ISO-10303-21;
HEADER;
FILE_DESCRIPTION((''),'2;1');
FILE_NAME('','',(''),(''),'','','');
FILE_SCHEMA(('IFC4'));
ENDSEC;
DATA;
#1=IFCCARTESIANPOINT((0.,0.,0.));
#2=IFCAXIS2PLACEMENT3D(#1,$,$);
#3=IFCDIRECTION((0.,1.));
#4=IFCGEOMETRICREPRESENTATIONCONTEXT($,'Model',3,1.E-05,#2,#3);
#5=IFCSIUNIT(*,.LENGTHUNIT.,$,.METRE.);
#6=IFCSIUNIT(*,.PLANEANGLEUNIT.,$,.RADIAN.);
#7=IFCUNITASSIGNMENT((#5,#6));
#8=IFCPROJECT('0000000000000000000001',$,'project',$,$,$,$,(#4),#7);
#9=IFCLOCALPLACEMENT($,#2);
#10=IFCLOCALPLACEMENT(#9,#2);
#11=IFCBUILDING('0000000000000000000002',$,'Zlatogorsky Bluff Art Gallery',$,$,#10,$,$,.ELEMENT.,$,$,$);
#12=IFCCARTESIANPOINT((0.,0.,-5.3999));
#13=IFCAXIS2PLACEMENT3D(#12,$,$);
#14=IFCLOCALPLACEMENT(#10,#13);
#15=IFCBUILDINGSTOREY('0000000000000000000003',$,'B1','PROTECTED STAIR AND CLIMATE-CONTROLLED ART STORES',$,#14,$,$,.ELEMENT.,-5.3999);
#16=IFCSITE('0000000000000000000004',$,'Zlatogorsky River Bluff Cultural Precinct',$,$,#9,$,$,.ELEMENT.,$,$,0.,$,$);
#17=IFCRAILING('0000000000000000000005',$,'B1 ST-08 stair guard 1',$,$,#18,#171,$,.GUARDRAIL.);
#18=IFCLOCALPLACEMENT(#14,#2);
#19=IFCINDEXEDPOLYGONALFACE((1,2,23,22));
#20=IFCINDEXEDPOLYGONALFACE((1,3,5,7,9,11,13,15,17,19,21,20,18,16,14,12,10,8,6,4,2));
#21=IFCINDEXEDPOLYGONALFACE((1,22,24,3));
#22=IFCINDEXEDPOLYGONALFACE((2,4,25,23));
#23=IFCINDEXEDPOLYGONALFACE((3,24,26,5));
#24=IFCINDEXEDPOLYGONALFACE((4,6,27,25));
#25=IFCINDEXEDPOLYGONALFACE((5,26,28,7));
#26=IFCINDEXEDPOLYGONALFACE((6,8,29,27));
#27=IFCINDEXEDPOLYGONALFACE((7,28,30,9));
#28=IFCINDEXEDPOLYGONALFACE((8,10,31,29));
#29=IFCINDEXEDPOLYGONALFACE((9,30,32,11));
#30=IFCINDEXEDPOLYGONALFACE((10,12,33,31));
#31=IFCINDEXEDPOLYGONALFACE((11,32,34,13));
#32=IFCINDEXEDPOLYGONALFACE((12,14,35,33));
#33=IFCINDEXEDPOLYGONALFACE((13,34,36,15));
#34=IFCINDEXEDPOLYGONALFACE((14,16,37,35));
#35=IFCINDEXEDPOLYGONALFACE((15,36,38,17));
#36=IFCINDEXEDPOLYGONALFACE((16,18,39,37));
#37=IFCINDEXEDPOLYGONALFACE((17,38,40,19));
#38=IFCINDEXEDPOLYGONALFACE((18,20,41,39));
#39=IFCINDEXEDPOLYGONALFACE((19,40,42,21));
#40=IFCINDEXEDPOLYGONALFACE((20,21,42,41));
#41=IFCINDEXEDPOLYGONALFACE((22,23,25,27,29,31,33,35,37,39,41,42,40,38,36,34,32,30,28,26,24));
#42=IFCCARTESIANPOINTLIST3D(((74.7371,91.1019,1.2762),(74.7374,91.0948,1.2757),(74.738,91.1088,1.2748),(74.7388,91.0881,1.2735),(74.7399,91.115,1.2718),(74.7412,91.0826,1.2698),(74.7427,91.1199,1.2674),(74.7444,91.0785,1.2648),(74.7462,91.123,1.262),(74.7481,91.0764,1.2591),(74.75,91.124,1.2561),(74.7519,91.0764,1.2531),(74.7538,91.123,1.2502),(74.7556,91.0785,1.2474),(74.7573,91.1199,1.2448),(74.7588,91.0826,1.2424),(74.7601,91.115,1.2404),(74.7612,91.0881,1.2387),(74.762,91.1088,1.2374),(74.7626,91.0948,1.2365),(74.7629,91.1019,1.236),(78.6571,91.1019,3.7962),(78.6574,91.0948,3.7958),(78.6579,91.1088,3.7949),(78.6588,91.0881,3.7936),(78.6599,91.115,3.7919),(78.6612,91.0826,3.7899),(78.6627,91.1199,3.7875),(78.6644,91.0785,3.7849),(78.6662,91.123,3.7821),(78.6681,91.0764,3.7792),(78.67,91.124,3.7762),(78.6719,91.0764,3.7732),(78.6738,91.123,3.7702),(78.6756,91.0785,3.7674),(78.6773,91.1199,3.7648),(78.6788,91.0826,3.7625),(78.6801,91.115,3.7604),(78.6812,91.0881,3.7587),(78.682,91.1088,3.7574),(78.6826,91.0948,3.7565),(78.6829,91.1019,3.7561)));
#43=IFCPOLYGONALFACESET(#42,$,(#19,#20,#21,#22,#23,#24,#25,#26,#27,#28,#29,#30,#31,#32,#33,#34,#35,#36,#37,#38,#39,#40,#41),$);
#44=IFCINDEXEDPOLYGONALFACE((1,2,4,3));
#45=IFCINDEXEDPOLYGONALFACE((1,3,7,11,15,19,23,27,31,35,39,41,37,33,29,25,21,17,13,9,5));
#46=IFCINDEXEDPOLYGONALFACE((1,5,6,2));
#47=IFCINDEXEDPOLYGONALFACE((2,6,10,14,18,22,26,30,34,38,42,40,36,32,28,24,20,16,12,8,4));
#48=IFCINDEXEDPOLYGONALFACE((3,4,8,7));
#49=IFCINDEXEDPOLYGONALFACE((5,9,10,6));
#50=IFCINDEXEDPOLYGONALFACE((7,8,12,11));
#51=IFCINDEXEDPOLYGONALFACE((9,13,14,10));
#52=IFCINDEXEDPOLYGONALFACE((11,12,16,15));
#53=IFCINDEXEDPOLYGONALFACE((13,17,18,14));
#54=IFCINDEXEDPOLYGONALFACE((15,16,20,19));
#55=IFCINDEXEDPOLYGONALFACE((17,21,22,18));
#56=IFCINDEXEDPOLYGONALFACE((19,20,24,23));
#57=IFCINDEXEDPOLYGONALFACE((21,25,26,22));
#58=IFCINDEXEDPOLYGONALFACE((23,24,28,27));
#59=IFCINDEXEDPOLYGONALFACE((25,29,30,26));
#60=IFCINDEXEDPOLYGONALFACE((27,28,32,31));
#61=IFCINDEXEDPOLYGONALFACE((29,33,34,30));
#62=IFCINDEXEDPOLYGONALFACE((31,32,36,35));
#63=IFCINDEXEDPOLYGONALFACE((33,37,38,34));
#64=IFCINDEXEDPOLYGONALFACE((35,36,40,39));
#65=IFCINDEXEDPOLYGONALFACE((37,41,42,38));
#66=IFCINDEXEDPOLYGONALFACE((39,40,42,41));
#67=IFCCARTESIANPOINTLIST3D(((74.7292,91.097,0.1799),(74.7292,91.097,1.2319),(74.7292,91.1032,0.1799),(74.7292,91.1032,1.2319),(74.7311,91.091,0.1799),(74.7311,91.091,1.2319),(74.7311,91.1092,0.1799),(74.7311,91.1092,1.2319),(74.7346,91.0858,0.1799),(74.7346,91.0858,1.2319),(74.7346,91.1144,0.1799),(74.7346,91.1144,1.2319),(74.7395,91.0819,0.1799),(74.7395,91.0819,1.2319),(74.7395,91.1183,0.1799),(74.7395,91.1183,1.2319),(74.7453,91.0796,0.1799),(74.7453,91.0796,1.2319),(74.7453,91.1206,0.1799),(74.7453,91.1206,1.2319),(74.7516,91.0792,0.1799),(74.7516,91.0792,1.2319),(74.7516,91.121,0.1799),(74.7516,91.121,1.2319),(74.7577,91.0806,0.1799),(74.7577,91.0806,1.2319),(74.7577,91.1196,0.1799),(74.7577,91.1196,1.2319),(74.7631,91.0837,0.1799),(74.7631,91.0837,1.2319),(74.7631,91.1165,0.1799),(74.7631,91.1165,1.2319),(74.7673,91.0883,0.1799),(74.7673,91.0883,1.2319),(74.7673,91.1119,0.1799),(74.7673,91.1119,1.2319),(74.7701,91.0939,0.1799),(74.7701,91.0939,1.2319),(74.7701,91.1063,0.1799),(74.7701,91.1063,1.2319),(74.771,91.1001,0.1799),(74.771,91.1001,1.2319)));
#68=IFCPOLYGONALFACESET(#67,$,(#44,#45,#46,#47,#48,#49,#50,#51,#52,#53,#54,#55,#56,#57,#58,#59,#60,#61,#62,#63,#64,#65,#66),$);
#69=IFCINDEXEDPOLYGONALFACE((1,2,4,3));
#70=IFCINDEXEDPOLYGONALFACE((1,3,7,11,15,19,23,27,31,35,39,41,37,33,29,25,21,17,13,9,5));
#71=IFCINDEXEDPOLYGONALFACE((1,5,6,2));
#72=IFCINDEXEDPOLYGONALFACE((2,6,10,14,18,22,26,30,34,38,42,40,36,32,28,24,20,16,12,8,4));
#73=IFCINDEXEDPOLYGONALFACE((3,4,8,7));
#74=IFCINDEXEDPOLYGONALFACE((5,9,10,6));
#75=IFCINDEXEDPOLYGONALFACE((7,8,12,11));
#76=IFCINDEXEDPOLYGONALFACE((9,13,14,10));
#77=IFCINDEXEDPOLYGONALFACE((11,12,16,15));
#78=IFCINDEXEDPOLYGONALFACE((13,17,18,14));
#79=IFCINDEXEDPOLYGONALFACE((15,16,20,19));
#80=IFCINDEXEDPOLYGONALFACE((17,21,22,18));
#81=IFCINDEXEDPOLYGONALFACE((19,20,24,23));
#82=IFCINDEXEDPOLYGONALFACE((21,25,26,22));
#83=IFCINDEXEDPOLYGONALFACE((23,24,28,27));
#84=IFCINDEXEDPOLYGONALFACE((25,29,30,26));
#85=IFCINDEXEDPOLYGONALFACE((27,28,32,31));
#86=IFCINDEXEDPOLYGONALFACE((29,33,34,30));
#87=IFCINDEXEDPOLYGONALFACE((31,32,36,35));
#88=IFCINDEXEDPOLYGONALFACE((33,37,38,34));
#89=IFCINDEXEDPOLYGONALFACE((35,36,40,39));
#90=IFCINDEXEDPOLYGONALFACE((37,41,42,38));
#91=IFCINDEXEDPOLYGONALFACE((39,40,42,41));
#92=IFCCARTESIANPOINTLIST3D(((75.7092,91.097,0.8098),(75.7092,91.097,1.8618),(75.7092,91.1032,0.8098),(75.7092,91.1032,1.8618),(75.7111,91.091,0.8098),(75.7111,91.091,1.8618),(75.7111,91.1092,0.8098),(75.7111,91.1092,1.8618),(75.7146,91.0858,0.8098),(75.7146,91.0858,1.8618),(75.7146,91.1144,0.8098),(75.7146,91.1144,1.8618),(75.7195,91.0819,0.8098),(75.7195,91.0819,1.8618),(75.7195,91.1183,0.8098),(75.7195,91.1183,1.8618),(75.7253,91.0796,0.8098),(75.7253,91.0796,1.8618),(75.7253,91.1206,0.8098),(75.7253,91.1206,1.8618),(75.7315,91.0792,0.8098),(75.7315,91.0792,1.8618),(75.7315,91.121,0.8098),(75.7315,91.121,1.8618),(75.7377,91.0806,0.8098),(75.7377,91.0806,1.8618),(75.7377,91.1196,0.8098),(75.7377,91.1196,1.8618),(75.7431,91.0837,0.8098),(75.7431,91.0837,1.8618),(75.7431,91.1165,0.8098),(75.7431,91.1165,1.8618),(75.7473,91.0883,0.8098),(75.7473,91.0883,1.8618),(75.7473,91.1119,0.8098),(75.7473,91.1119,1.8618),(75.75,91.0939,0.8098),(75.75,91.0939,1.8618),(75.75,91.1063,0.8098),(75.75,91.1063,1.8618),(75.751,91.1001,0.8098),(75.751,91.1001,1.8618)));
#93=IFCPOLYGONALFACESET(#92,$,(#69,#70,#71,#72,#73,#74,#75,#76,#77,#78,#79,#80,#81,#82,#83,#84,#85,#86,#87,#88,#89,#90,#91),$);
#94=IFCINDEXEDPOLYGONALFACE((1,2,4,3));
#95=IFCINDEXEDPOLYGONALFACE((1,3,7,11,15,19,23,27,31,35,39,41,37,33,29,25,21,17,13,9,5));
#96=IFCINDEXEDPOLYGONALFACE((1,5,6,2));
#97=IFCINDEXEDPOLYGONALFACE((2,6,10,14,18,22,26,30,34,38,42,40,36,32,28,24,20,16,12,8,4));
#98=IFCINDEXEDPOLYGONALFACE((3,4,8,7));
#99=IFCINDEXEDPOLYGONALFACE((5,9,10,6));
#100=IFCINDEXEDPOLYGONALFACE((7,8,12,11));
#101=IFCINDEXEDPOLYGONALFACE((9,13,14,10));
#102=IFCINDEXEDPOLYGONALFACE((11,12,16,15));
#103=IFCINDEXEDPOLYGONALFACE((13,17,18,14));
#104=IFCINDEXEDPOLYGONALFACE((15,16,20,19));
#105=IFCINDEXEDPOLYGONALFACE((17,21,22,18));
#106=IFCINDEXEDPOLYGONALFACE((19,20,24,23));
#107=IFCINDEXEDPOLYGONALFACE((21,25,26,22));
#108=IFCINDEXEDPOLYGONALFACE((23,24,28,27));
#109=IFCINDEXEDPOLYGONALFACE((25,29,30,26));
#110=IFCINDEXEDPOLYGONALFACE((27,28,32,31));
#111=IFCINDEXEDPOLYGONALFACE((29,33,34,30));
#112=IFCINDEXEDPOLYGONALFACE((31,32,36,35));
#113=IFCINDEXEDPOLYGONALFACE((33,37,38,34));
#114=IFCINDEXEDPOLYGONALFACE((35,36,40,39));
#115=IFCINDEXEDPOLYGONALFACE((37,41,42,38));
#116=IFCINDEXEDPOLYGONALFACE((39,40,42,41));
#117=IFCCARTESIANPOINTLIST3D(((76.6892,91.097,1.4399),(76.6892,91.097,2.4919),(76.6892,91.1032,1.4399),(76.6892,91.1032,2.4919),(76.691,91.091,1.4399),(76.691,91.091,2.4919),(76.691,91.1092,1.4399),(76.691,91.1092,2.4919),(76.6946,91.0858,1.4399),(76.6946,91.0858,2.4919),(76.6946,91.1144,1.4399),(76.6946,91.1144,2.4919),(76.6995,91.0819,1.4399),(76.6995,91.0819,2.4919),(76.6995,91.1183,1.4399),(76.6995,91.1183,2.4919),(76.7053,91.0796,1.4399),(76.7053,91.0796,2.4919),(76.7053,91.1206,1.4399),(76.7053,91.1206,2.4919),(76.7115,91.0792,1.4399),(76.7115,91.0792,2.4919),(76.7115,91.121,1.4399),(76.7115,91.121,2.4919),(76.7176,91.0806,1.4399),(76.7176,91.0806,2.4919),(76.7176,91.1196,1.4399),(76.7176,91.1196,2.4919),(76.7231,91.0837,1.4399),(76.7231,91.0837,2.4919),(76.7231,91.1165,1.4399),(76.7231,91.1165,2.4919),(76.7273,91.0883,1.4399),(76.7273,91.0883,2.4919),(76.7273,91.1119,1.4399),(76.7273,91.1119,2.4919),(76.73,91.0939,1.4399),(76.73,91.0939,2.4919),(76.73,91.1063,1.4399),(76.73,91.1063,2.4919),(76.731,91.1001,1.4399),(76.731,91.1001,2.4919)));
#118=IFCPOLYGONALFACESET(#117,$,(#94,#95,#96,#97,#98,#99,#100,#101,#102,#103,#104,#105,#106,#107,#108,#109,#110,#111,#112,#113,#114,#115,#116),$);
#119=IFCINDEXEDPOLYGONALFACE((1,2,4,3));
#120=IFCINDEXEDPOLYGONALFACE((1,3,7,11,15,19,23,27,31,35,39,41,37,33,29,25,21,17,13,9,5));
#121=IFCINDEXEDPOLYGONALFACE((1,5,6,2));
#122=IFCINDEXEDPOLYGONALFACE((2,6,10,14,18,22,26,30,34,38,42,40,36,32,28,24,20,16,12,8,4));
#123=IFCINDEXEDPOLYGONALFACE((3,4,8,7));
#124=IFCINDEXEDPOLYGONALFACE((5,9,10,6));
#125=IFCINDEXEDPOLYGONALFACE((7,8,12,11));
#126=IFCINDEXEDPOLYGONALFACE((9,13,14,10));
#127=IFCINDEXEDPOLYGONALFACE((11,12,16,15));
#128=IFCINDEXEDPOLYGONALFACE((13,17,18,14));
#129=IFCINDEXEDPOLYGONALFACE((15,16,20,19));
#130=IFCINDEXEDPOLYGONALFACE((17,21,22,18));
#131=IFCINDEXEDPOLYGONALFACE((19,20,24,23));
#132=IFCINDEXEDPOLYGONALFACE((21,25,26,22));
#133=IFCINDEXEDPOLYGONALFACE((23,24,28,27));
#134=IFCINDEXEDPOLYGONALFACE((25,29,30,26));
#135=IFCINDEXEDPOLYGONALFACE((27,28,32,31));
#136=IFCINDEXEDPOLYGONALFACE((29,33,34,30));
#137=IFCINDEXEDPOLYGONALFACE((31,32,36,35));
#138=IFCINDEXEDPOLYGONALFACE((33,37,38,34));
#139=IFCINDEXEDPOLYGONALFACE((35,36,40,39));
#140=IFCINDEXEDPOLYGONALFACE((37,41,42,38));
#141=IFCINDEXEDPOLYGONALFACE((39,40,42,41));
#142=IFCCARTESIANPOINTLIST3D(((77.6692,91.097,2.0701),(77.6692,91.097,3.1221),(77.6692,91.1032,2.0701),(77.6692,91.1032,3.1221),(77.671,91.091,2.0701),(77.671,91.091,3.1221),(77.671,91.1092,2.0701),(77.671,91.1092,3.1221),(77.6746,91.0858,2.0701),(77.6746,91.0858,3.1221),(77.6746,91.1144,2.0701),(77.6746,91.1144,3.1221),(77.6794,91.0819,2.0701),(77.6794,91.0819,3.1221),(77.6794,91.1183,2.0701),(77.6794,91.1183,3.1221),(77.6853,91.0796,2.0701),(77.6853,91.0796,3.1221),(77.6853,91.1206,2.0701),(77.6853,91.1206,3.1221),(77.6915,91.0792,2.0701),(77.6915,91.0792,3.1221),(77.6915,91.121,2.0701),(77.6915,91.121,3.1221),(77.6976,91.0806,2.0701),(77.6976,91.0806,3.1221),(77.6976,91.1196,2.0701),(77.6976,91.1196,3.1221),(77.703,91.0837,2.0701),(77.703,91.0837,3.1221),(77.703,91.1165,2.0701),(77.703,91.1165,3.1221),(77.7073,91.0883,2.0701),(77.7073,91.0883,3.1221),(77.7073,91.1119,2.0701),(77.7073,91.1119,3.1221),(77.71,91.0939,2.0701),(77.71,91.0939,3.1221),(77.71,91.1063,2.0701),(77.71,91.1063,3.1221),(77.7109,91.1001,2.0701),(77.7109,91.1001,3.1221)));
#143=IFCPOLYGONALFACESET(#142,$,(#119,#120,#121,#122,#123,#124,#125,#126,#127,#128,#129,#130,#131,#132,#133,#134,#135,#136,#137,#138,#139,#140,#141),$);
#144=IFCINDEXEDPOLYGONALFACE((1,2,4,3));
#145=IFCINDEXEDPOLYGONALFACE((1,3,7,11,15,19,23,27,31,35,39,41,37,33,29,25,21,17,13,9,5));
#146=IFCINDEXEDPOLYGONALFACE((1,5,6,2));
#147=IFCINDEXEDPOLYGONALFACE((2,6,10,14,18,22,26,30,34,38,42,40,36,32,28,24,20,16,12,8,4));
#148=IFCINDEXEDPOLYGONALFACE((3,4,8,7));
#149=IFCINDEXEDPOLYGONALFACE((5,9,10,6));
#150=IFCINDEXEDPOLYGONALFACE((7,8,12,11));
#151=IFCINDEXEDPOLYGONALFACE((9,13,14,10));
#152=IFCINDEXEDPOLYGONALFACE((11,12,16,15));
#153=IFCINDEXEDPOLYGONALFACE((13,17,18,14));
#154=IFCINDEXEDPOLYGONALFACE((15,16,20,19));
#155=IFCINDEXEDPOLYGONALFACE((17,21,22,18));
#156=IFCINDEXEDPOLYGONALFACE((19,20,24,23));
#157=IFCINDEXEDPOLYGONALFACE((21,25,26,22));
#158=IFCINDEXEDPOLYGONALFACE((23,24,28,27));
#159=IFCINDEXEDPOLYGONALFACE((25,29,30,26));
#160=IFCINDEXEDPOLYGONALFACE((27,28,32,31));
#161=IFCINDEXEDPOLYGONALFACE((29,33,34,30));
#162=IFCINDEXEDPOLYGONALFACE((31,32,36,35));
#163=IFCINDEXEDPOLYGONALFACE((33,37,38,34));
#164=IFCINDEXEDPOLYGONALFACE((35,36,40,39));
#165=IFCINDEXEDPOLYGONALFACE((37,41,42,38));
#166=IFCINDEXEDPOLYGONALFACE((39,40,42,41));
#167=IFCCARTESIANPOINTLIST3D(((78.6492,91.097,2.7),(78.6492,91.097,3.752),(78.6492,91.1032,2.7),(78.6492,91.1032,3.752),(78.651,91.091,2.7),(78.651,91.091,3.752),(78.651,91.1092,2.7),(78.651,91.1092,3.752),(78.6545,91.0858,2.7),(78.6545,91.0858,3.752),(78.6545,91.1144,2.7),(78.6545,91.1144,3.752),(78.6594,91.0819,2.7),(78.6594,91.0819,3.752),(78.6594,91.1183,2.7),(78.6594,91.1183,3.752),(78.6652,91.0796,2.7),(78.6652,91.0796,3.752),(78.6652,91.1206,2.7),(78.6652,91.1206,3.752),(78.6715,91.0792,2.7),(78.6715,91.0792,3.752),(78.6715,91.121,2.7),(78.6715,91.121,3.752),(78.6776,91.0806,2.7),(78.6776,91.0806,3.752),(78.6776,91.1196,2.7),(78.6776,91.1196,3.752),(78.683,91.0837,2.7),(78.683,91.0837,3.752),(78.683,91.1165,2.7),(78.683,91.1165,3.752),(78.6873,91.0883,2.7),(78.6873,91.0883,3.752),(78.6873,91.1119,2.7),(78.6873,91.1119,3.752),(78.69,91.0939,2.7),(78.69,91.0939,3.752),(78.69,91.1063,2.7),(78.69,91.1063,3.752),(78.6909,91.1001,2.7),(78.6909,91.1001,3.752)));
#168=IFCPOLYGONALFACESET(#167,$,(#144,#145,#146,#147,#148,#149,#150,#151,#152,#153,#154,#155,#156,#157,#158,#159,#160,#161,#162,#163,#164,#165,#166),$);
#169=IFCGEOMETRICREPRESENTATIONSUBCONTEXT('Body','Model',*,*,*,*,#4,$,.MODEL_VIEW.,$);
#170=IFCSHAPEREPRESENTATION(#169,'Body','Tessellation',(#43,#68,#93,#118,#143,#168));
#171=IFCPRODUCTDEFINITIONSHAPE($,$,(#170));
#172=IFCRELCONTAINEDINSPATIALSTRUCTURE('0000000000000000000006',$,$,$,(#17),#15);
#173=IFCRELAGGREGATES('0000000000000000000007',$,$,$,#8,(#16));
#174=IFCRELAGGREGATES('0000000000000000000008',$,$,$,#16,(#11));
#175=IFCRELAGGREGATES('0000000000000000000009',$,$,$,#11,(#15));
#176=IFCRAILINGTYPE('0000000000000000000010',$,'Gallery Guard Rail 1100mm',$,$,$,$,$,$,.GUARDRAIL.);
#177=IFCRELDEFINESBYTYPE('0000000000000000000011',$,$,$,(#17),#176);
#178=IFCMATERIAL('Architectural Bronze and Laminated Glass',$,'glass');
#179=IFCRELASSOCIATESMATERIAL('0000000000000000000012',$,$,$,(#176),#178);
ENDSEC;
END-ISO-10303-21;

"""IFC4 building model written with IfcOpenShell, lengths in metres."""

from ifc_helpers import new_model, si_unit, direction, frame, origin, origin_2d, place, context, subcontext, project, spatial, circle, extrude, material, type_object, element, save


model = new_model("IFC4")

# Units and contexts
model_context = context("Model", 3, precision=1e-05, world=origin(), true_north=direction((0.0, 1.0)))
body_context = subcontext(model_context, "Body", "Model", "MODEL_VIEW")
ifc_project = project(units=[si_unit("LENGTHUNIT", "METRE"), si_unit("PLANEANGLEUNIT", "RADIAN")], contexts=[model_context])

# Site, building, storey
site_placement = place(None, origin())
site = spatial("IfcSite", under=ifc_project, at=site_placement, Name="Zlatogorsky River Bluff Cultural Precinct", CompositionType="ELEMENT", RefElevation=0.0)
building_placement = place(site_placement, origin())
building = spatial("IfcBuilding", under=site, at=building_placement, Name="Zlatogorsky Bluff Art Gallery", CompositionType="ELEMENT")
storey_placement = place(building_placement, frame((0.0, 0.0, -5.3999)))
storey = spatial("IfcBuildingStorey", under=building, at=storey_placement, Name="B1", Description="PROTECTED STAIR AND CLIMATE-CONTROLLED ART STORES", CompositionType="ELEMENT", Elevation=-5.3999)

# Railing
ifc_material_1 = material(Name="Architectural Bronze and Laminated Glass", Category="glass")
railing_type_1 = type_object("IfcRailingType", Name="Gallery Guard Rail 1100mm", PredefinedType="GUARDRAIL", material=ifc_material_1)
railing_1_placement = place(storey_placement, frame((74.75, 91.1001, 0.1799)))
element("IfcRailing", 1, at=railing_1_placement, inside=storey, type_object=railing_type_1, Name="B1 ST-08 stair guard 1", PredefinedType="GUARDRAIL", context=body_context, shape_type="SweptSolid", body=[
    extrude(circle(Radius=0.0239, at=origin_2d()), frame((0.0, 0.0, 1.0762), z_axis=(0.841172, 0.0, 0.540768), x_axis=(0.0, 1.0, 0.0)), (0.0, 0.0, 1.0), 4.6602),
    extrude(circle(Radius=0.021, at=origin_2d()), origin(), (0.0, 0.0, 1.0), 1.052),
    extrude(circle(Radius=0.021, at=origin_2d()), frame((0.98, 0.0, 0.6299)), (0.0, 0.0, 1.0), 1.052),
    extrude(circle(Radius=0.021, at=origin_2d()), frame((1.96, 0.0, 1.26)), (0.0, 0.0, 1.0), 1.052),
    extrude(circle(Radius=0.021, at=origin_2d()), frame((2.9399, 0.0, 1.8901)), (0.0, 0.0, 1.0), 1.052),
    extrude(circle(Radius=0.021, at=origin_2d()), frame((3.9199, 0.0, 2.52)), (0.0, 0.0, 1.0), 1.052),
])

save(model, "model.ifc")
